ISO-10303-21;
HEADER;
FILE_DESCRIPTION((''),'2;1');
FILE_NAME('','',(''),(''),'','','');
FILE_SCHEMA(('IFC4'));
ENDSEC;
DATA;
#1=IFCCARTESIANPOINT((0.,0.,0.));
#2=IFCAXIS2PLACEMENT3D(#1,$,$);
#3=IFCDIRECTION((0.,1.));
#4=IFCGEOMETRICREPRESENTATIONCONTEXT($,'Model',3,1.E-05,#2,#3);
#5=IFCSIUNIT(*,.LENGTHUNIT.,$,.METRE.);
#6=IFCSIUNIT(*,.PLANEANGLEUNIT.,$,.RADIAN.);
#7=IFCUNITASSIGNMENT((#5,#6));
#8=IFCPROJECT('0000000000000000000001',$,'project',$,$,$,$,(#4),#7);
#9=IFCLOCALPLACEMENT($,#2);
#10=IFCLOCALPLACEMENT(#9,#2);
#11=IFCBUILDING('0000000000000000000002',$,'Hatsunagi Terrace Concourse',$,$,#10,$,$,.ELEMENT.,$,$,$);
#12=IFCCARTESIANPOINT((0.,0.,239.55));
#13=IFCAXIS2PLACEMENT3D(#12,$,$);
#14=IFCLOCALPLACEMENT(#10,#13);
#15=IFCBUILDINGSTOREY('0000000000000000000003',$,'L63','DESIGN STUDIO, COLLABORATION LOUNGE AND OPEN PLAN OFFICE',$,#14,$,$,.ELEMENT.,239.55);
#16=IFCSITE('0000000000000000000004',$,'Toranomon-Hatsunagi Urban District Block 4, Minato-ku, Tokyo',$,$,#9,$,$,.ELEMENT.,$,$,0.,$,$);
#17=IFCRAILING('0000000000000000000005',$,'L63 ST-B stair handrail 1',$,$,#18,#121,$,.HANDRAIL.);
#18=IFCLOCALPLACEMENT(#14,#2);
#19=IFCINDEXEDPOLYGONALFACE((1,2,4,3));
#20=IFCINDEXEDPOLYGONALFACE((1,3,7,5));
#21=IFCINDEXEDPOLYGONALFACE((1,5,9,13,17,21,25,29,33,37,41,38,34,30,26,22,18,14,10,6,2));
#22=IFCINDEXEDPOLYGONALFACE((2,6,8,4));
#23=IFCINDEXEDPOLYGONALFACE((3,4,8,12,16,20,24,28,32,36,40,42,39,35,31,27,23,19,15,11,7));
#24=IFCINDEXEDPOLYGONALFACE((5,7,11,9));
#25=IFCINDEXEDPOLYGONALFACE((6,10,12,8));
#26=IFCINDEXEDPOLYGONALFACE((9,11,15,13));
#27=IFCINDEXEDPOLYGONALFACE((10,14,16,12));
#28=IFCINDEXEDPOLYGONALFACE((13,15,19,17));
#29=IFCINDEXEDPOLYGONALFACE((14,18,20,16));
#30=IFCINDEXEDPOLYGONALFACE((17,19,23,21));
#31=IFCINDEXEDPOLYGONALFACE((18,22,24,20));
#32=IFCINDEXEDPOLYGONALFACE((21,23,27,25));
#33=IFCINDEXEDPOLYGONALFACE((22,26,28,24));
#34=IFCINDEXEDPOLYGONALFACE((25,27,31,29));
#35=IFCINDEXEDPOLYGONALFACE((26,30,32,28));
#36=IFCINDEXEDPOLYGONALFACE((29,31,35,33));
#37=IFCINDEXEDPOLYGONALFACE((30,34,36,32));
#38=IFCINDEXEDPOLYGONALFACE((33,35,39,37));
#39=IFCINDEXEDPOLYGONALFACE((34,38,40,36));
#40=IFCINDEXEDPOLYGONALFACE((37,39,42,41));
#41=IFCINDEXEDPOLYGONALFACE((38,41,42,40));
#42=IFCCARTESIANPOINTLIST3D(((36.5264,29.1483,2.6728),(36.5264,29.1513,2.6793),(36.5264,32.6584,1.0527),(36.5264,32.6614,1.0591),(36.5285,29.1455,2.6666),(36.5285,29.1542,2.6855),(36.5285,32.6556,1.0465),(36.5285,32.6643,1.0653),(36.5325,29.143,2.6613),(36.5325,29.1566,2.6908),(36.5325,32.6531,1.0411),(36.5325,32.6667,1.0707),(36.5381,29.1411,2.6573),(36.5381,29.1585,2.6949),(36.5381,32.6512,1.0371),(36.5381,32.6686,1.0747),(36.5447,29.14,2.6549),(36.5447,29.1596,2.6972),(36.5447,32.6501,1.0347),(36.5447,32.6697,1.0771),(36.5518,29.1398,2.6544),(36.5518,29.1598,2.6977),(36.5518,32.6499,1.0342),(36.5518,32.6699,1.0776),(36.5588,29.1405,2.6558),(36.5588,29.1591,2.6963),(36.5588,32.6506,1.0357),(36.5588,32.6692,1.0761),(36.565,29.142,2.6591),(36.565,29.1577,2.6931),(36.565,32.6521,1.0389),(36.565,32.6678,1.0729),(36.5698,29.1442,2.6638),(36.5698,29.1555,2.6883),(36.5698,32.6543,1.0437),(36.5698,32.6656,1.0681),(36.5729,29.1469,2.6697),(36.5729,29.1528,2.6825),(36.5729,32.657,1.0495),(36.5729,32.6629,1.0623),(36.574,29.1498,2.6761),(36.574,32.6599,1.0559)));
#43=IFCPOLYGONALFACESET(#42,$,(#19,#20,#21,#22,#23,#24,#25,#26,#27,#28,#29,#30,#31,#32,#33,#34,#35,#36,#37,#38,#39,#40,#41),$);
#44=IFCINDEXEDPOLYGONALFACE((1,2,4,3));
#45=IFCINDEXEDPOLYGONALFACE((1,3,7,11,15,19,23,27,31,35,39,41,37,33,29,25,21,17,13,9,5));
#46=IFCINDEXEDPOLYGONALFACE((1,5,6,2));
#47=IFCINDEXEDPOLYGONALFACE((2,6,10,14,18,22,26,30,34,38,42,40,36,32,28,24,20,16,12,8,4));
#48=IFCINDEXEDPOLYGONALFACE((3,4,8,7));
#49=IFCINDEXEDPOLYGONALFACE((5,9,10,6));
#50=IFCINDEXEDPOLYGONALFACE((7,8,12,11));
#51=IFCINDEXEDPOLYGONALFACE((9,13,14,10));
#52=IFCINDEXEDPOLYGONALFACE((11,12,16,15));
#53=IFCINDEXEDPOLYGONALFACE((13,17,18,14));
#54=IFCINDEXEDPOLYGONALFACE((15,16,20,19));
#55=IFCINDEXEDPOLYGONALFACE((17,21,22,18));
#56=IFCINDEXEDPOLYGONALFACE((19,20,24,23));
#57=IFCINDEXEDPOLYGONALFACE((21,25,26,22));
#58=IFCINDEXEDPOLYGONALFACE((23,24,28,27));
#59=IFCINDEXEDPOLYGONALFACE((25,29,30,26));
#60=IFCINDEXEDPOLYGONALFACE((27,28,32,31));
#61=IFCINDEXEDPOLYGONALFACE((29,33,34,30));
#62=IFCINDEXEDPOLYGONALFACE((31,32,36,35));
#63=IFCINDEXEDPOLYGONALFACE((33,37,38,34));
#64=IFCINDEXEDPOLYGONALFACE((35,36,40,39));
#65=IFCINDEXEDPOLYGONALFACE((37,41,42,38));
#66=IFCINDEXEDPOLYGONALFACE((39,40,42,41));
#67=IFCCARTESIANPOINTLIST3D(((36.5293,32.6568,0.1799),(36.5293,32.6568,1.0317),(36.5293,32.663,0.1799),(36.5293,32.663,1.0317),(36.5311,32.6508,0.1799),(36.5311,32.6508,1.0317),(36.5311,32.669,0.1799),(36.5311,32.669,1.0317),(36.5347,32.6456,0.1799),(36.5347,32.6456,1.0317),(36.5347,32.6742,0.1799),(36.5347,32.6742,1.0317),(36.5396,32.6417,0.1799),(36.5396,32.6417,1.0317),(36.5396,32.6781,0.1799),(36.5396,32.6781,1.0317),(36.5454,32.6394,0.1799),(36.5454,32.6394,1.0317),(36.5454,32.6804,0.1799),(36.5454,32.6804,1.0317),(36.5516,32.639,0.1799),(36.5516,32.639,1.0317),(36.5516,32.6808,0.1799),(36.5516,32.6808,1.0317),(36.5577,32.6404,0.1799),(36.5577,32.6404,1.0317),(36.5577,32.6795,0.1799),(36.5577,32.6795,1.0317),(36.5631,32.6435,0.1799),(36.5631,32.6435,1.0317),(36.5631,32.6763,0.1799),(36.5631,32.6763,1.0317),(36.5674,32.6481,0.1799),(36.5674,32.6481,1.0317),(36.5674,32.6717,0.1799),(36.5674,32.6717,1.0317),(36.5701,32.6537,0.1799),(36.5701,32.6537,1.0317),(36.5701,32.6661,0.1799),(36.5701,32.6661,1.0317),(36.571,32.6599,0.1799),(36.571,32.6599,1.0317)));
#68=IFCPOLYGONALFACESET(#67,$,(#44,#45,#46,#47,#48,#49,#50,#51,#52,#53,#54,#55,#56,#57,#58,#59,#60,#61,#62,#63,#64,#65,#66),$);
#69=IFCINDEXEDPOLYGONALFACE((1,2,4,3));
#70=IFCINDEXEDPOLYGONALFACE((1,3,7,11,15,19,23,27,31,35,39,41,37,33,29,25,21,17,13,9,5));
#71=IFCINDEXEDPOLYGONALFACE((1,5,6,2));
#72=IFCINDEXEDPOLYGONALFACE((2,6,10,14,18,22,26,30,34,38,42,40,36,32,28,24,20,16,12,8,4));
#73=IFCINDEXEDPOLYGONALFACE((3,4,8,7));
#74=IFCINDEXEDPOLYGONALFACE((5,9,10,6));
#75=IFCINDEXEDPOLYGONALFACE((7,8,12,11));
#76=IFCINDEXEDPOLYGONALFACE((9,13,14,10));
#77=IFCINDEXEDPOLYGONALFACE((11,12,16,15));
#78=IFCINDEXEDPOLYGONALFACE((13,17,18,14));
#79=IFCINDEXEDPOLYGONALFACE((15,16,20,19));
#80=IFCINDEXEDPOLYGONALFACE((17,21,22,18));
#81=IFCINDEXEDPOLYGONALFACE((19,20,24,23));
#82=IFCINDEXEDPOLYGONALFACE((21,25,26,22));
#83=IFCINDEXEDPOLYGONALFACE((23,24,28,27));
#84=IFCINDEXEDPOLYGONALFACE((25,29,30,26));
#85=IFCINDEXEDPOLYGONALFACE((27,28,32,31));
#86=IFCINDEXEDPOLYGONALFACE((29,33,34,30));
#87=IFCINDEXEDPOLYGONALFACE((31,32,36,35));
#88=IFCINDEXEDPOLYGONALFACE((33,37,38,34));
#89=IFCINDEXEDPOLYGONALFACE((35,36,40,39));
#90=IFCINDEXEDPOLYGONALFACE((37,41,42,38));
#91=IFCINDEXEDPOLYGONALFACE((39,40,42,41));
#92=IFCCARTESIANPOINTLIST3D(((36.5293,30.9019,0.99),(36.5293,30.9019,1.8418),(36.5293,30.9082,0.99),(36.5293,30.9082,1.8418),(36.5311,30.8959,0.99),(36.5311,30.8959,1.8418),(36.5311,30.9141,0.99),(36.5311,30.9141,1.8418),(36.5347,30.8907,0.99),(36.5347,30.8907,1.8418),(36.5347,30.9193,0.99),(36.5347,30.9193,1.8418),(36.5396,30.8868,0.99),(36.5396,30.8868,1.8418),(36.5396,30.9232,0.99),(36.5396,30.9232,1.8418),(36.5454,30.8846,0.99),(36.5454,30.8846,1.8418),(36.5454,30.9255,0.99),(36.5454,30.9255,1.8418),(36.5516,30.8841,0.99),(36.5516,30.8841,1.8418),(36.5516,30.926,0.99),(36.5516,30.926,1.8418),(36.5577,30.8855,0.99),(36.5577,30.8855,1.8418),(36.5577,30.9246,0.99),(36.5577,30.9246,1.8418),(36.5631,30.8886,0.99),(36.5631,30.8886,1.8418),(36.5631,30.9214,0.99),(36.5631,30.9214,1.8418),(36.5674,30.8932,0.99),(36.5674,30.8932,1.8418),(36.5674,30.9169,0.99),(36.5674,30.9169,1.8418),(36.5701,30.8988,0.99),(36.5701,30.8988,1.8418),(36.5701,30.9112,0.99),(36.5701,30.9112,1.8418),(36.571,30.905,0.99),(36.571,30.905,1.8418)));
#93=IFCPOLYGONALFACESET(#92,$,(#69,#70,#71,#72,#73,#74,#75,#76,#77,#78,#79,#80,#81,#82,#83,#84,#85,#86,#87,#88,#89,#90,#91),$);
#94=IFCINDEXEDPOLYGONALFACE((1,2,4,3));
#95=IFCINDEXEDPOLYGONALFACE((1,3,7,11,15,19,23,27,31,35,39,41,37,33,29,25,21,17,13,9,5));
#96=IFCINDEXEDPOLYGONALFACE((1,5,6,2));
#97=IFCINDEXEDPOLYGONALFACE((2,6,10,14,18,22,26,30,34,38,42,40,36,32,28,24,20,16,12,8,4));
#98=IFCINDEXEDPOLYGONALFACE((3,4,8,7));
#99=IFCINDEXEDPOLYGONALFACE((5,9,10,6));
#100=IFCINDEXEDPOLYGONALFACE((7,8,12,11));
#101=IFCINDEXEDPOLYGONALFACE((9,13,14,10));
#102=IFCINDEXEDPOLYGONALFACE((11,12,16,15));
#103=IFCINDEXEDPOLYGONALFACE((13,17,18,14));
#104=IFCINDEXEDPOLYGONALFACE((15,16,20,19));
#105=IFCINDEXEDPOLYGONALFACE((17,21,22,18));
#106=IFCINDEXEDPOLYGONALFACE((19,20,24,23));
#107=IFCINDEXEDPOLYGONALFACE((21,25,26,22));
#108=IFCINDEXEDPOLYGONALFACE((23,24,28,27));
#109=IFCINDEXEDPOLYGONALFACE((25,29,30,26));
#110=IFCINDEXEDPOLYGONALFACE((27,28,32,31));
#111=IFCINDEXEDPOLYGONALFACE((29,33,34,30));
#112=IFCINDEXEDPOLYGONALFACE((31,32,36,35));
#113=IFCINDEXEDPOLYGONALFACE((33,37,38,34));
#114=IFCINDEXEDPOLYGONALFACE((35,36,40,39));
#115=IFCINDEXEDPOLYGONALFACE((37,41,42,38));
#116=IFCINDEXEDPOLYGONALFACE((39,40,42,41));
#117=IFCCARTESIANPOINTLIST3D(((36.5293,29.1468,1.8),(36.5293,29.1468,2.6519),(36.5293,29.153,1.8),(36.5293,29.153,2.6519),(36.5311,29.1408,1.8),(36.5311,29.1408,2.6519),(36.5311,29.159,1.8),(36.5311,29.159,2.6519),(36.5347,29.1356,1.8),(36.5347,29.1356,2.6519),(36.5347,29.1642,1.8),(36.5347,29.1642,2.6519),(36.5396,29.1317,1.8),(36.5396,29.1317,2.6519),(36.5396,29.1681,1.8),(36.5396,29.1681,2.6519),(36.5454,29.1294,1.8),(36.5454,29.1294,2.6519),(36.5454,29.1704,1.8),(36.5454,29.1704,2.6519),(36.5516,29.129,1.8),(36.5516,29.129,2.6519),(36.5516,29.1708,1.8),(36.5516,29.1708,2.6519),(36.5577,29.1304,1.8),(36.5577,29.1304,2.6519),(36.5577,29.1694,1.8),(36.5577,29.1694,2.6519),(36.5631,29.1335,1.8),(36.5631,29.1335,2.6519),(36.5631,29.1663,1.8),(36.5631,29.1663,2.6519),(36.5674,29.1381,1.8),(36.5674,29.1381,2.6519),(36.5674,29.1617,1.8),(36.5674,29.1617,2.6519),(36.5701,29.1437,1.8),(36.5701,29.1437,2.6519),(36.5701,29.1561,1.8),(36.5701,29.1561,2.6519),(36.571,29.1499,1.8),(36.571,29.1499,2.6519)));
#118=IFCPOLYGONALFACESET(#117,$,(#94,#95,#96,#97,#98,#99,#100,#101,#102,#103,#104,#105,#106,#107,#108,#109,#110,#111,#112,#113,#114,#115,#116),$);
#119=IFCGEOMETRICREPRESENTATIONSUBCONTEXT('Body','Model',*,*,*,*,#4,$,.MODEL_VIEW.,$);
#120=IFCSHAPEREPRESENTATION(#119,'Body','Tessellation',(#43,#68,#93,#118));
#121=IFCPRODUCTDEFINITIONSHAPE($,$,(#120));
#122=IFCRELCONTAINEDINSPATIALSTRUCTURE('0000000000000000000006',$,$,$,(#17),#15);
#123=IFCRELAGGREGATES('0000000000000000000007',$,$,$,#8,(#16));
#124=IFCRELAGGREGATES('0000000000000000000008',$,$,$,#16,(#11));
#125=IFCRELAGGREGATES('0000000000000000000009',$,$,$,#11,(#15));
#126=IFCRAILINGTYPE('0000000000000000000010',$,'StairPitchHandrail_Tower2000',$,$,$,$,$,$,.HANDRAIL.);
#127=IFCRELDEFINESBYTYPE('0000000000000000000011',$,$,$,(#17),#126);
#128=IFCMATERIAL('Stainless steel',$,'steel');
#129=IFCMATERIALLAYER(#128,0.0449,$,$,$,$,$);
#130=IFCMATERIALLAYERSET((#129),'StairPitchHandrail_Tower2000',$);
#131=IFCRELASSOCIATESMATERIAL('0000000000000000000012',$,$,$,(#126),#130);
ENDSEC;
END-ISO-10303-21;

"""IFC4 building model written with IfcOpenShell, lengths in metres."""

from ifc_helpers import new_model, si_unit, direction, frame, origin, origin_2d, place, context, subcontext, project, spatial, circle, extrude, material, layer, layer_set, type_object, element, save


model = new_model("IFC4")

# Units and contexts
model_context = context("Model", 3, precision=1e-05, world=origin(), true_north=direction((0.0, 1.0)))
body_context = subcontext(model_context, "Body", "Model", "MODEL_VIEW")
ifc_project = project(units=[si_unit("LENGTHUNIT", "METRE"), si_unit("PLANEANGLEUNIT", "RADIAN")], contexts=[model_context])

# Site, building, storey
site_placement = place(None, origin())
site = spatial("IfcSite", under=ifc_project, at=site_placement, Name="Toranomon-Hatsunagi Urban District Block 4, Minato-ku, Tokyo", CompositionType="ELEMENT", RefElevation=0.0)
building_placement = place(site_placement, origin())
building = spatial("IfcBuilding", under=site, at=building_placement, Name="Hatsunagi Terrace Concourse", CompositionType="ELEMENT")
storey_placement = place(building_placement, frame((0.0, 0.0, 239.55)))
storey = spatial("IfcBuildingStorey", under=building, at=storey_placement, Name="L63", Description="DESIGN STUDIO, COLLABORATION LOUNGE AND OPEN PLAN OFFICE", CompositionType="ELEMENT", Elevation=239.55)

# Railing
ifc_material_1 = material(Name="Stainless steel", Category="steel")
ifc_layer_1 = layer(ifc_material_1, 0.0449)
ifc_layer_set_1 = layer_set([ifc_layer_1], Name="StairPitchHandrail_Tower2000")
railing_type_1 = type_object("IfcRailingType", Name="StairPitchHandrail_Tower2000", PredefinedType="HANDRAIL", material=ifc_layer_set_1)
railing_1_placement = place(storey_placement, frame((36.55, 32.6599, 0.1799)))
element("IfcRailing", 1, at=railing_1_placement, inside=storey, type_object=railing_type_1, Name="L63 ST-B stair handrail 1", PredefinedType="HANDRAIL", context=body_context, shape_type="SweptSolid", body=[
    extrude(circle(Radius=0.0239, at=origin_2d()), frame((0.0, 0.0, 0.876), z_axis=(0.0, -0.907948, 0.419082), x_axis=(1.0, 0.0, 0.0)), (0.0, 0.0, 1.0), 3.866),
    extrude(circle(Radius=0.021, at=origin_2d()), origin(), (0.0, 0.0, 1.0), 0.8518),
    extrude(circle(Radius=0.021, at=origin_2d()), frame((0.0, -1.7549, 0.8101)), (0.0, 0.0, 1.0), 0.8518),
    extrude(circle(Radius=0.021, at=origin_2d()), frame((0.0, -3.51, 1.6201)), (0.0, 0.0, 1.0), 0.8518),
])

save(model, "model.ifc")
